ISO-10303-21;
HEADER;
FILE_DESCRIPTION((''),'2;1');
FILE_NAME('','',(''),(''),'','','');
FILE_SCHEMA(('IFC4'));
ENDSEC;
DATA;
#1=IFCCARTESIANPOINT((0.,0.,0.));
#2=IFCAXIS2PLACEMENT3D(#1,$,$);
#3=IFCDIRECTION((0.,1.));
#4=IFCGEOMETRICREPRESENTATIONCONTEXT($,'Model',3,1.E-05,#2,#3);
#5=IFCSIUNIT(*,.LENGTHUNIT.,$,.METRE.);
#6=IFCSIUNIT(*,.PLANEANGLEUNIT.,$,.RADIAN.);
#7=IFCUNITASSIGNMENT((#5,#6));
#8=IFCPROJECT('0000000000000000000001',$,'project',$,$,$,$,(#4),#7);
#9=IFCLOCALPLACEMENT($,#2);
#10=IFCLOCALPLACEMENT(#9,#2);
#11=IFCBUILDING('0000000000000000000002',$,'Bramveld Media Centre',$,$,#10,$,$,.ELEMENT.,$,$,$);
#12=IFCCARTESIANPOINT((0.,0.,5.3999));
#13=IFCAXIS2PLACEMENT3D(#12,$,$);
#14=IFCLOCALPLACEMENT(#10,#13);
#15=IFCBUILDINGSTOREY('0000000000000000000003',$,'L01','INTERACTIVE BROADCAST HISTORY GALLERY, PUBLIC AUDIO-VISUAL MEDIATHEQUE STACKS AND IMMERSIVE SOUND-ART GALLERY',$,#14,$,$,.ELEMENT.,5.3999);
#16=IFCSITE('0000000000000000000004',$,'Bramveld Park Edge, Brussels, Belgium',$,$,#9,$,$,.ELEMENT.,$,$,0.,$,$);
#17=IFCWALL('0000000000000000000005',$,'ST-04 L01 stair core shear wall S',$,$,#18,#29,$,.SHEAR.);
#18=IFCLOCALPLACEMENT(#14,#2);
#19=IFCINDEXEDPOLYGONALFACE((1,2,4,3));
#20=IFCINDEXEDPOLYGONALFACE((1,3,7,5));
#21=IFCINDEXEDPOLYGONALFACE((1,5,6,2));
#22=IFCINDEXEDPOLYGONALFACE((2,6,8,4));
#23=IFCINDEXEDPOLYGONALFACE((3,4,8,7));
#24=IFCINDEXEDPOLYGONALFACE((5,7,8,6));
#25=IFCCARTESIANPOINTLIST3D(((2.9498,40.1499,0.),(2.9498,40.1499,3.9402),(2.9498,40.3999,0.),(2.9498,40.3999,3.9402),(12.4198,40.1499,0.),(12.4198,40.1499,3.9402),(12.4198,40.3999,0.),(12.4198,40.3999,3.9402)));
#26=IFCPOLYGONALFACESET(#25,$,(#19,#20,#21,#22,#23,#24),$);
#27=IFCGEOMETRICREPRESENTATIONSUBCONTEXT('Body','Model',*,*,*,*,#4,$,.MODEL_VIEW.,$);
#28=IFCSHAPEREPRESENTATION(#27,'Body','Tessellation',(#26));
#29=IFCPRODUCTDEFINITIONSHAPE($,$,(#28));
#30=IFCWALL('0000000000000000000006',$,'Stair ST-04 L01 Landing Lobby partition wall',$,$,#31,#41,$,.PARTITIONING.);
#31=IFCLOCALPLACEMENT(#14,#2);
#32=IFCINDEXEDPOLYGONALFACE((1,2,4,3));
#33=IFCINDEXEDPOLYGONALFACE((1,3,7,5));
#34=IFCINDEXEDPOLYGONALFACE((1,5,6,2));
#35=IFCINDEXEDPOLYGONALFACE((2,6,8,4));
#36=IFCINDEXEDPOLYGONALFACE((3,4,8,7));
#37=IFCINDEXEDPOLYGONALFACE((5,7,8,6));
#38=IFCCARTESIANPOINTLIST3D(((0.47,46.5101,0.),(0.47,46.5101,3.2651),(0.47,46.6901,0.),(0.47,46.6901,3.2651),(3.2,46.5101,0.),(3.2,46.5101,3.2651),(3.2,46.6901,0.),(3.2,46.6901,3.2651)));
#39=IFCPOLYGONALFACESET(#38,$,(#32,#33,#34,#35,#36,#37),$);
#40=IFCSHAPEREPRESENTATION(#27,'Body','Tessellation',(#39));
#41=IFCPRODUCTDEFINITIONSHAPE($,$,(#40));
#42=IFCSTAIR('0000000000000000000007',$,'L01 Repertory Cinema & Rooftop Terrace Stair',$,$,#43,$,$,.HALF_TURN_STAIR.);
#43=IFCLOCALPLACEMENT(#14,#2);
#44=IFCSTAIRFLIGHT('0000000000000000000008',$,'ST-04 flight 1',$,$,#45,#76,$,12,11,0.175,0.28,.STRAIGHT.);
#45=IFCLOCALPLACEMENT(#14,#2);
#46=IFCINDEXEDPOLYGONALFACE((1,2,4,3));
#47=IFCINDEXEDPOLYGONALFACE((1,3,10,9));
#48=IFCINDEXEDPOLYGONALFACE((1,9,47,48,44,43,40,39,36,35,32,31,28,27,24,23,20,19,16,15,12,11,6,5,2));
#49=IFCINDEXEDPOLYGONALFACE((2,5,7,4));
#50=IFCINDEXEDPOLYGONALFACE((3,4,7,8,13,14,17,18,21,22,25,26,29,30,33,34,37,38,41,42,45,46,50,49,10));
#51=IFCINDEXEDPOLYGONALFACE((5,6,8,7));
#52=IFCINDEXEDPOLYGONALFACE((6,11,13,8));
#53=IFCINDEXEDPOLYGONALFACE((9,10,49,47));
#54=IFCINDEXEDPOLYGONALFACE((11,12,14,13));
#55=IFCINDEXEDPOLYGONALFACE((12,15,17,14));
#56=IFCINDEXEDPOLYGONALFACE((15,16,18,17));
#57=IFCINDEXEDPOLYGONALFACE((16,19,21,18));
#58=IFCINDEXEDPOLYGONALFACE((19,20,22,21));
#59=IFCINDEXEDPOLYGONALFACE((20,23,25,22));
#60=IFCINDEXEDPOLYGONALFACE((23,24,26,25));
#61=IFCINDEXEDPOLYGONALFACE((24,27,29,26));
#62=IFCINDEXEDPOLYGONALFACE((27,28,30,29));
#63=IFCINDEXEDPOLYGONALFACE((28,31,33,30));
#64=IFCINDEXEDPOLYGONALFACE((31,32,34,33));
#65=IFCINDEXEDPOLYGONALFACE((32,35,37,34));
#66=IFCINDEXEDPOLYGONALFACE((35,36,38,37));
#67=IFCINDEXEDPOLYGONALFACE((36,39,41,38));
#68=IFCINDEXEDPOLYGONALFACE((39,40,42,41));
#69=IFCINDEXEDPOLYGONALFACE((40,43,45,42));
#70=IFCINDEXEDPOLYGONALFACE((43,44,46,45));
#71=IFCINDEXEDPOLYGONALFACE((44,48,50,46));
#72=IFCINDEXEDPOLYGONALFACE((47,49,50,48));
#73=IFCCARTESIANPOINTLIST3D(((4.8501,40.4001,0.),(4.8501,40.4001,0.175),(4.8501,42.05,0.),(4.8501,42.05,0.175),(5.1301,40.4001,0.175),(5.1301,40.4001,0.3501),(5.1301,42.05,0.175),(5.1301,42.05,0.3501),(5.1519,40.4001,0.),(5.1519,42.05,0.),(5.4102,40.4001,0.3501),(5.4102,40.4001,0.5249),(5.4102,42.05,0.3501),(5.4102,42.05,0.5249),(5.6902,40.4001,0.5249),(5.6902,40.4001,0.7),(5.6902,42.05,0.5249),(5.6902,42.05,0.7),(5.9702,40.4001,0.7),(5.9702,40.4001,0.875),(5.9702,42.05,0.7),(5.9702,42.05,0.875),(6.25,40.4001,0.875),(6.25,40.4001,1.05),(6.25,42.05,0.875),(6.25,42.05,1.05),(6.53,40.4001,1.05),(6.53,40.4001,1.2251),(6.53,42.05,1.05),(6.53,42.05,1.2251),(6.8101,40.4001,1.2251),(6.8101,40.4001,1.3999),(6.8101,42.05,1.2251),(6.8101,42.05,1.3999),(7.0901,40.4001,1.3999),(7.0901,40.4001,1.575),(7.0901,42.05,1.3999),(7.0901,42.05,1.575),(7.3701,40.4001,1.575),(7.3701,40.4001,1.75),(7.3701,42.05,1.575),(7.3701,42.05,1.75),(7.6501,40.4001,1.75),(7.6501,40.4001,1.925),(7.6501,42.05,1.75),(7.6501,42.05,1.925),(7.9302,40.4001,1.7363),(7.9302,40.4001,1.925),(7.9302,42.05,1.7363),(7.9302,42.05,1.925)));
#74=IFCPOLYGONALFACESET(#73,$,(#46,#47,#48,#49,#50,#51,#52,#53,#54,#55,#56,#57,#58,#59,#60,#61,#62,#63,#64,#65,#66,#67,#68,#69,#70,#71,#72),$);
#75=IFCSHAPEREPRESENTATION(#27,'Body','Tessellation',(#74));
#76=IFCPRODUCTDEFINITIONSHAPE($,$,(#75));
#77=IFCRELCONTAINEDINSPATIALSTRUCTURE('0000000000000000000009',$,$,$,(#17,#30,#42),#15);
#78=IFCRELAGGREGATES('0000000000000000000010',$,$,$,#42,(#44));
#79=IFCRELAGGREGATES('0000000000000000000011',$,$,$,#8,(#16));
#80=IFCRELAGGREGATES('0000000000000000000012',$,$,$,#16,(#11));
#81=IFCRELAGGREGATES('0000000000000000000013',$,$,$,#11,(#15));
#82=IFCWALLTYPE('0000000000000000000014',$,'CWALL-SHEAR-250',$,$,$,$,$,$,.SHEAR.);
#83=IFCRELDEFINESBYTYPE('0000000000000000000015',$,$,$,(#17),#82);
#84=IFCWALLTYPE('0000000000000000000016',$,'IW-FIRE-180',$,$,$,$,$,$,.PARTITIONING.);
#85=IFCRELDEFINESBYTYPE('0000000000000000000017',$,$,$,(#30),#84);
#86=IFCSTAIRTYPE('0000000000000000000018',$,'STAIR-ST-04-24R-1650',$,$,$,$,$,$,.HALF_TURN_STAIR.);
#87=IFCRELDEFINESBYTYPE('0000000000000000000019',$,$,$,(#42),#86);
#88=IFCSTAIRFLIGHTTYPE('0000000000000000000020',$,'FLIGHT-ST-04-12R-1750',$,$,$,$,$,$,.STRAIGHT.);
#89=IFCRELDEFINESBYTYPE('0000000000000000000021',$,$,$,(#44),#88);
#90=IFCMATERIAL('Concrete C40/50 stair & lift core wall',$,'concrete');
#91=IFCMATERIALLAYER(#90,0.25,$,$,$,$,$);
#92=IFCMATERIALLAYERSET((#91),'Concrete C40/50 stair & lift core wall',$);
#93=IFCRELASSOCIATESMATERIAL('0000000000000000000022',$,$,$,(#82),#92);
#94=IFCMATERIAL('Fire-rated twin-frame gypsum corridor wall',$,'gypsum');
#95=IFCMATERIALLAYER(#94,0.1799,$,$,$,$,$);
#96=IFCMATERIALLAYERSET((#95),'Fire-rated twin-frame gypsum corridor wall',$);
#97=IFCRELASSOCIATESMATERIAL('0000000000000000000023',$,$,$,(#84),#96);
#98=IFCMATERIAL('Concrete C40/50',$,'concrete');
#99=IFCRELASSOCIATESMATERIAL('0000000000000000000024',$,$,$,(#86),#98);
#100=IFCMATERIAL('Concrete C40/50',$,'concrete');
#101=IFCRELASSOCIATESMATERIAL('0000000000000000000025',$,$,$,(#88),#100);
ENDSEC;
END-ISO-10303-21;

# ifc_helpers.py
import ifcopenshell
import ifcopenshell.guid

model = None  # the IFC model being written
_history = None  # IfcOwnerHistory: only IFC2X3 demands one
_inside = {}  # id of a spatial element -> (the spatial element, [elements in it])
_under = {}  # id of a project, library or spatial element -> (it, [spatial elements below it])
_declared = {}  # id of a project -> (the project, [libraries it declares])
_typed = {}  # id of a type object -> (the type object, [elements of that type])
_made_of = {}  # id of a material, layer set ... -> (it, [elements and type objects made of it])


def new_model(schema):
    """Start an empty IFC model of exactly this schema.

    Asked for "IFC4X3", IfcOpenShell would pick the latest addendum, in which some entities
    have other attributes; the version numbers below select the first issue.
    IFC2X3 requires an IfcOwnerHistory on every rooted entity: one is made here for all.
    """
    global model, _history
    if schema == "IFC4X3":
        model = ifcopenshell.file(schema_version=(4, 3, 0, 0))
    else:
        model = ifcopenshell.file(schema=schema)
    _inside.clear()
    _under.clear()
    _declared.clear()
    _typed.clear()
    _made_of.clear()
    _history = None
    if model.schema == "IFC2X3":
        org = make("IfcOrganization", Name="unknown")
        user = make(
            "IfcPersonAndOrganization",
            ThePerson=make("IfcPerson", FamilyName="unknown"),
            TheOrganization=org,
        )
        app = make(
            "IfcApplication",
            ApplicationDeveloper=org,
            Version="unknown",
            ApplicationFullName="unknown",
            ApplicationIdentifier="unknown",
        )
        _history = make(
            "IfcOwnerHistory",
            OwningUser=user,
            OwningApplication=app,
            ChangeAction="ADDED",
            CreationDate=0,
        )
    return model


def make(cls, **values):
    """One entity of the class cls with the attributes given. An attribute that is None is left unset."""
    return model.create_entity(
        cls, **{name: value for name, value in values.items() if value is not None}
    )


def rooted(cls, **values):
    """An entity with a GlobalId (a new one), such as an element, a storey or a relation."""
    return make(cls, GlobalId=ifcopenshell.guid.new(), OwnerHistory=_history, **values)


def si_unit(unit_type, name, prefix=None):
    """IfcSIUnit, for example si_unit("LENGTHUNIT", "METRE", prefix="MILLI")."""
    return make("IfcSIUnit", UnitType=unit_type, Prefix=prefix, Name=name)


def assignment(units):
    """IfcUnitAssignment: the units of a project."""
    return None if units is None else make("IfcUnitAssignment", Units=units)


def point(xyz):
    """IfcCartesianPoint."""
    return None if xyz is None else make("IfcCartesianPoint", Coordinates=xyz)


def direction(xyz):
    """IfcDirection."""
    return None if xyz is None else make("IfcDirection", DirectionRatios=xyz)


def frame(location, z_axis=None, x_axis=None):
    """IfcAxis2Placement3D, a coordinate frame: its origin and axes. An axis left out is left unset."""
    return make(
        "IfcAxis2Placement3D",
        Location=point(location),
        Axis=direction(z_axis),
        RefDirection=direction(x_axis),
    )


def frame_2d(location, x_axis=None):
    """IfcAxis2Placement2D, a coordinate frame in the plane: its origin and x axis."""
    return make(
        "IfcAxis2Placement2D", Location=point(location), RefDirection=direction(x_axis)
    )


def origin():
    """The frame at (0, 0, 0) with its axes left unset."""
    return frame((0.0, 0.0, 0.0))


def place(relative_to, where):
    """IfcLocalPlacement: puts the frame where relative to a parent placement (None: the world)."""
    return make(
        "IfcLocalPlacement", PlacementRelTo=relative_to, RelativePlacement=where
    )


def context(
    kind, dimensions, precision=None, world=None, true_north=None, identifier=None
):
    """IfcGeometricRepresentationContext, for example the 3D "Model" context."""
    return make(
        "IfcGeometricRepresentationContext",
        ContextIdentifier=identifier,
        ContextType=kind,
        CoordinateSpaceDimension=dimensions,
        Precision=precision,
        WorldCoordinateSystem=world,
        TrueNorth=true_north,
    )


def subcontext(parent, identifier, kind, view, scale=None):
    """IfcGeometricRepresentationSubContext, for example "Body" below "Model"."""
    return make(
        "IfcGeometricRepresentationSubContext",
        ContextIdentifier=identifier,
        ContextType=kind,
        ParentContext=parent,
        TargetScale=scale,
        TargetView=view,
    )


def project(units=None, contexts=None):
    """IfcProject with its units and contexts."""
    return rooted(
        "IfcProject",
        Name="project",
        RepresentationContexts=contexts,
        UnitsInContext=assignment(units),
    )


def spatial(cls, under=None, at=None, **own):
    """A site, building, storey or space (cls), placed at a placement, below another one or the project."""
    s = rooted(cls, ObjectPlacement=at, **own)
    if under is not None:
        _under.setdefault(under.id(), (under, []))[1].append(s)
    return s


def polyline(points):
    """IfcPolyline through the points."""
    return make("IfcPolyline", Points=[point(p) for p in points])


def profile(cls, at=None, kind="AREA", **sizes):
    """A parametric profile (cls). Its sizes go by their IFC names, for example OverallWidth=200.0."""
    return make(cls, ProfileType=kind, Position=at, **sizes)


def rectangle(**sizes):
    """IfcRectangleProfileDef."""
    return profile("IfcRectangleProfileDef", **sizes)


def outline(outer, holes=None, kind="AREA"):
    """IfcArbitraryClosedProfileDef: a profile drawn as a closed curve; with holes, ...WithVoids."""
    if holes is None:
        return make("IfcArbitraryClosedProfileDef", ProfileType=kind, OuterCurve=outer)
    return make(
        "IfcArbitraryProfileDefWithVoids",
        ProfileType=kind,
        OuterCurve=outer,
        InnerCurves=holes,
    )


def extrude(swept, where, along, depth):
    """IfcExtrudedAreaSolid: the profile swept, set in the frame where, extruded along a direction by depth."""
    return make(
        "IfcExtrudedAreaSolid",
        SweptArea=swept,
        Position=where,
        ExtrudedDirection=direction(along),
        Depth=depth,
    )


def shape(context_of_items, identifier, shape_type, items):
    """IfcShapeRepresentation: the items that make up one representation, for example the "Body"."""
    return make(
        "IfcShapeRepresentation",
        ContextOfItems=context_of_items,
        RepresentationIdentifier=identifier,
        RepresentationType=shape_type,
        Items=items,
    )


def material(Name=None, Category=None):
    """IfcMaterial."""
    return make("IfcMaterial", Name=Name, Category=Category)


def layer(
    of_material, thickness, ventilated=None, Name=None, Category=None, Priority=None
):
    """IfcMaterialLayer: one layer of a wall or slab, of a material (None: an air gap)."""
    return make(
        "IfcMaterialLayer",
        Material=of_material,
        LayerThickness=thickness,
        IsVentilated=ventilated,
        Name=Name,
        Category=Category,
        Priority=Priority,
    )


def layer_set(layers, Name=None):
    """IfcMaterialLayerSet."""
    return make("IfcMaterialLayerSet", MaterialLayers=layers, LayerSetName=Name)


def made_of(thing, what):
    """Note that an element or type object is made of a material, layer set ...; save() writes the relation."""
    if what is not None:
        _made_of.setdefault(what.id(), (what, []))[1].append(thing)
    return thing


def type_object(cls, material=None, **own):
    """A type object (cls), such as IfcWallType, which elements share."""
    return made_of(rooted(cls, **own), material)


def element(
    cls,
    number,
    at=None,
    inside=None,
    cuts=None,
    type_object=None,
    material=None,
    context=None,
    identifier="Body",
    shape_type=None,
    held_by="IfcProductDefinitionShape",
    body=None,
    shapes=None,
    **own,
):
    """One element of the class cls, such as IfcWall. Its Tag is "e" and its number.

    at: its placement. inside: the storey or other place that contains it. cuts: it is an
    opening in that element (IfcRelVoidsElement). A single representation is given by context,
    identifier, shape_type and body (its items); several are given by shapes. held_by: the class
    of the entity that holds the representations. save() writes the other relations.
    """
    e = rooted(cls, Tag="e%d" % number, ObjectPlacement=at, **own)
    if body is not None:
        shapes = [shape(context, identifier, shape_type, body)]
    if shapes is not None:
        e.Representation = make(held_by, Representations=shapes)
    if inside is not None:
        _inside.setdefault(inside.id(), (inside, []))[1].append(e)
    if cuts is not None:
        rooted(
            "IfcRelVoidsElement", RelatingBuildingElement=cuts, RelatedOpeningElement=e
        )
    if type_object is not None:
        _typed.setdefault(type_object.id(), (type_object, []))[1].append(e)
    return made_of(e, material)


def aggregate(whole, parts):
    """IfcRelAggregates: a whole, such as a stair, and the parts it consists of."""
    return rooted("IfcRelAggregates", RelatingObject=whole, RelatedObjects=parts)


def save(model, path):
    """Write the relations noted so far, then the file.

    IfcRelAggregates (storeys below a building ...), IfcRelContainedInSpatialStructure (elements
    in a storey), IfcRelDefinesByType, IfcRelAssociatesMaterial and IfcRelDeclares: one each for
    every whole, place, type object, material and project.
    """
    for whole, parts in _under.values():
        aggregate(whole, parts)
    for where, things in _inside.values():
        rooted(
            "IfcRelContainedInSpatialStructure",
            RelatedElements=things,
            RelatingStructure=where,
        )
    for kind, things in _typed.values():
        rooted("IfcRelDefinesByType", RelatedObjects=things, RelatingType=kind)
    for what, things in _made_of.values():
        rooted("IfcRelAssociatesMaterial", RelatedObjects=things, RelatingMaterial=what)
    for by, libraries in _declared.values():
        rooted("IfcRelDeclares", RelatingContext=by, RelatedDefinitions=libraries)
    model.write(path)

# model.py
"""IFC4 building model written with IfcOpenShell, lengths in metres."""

from ifc_helpers import new_model, si_unit, direction, frame, frame_2d, origin, place, context, subcontext, project, spatial, polyline, rectangle, outline, extrude, material, layer, layer_set, type_object, element, aggregate, save


model = new_model("IFC4")

# Units and contexts
model_context = context("Model", 3, precision=1e-05, world=origin(), true_north=direction((0.0, 1.0)))
body_context = subcontext(model_context, "Body", "Model", "MODEL_VIEW")
ifc_project = project(units=[si_unit("LENGTHUNIT", "METRE"), si_unit("PLANEANGLEUNIT", "RADIAN")], contexts=[model_context])

# Site, building, storey
site_placement = place(None, origin())
site = spatial("IfcSite", under=ifc_project, at=site_placement, Name="Bramveld Park Edge, Brussels, Belgium", CompositionType="ELEMENT", RefElevation=0.0)
building_placement = place(site_placement, origin())
building = spatial("IfcBuilding", under=site, at=building_placement, Name="Bramveld Media Centre", CompositionType="ELEMENT")
storey_placement = place(building_placement, frame((0.0, 0.0, 5.3999)))
storey = spatial("IfcBuildingStorey", under=building, at=storey_placement, Name="L01", Description="INTERACTIVE BROADCAST HISTORY GALLERY, PUBLIC AUDIO-VISUAL MEDIATHEQUE STACKS AND IMMERSIVE SOUND-ART GALLERY", CompositionType="ELEMENT", Elevation=5.3999)

# Wall
ifc_material_1 = material(Name="Concrete C40/50 stair & lift core wall", Category="concrete")
ifc_layer_1 = layer(ifc_material_1, 0.25)
ifc_layer_set_1 = layer_set([ifc_layer_1], Name="Concrete C40/50 stair & lift core wall")
wall_type_1 = type_object("IfcWallType", Name="CWALL-SHEAR-250", PredefinedType="SHEAR", material=ifc_layer_set_1)
wall_1_placement = place(storey_placement, frame((2.95, 40.2749, 0.0), z_axis=(0.0, 0.0, 1.0), x_axis=(1.0, 0.0, 0.0)))
element("IfcWall", 1, at=wall_1_placement, inside=storey, type_object=wall_type_1, Name="ST-04 L01 stair core shear wall S", PredefinedType="SHEAR", context=body_context, shape_type="SweptSolid", body=[
    extrude(rectangle(XDim=9.47, YDim=0.25, at=frame_2d((4.7349, 0.0))), origin(), (0.0, 0.0, 1.0), 3.9402),
])

# Wall
ifc_material_2 = material(Name="Fire-rated twin-frame gypsum corridor wall", Category="gypsum")
ifc_layer_2 = layer(ifc_material_2, 0.1799)
ifc_layer_set_2 = layer_set([ifc_layer_2], Name="Fire-rated twin-frame gypsum corridor wall")
wall_type_2 = type_object("IfcWallType", Name="IW-FIRE-180", PredefinedType="PARTITIONING", material=ifc_layer_set_2)
wall_2_placement = place(storey_placement, frame((0.47, 46.6001, 0.0), z_axis=(0.0, 0.0, 1.0), x_axis=(1.0, 0.0, 0.0)))
element("IfcWall", 2, at=wall_2_placement, inside=storey, type_object=wall_type_2, Name="Stair ST-04 L01 Landing Lobby partition wall", PredefinedType="PARTITIONING", context=body_context, shape_type="SweptSolid", body=[
    extrude(rectangle(XDim=2.73, YDim=0.1799, at=frame_2d((1.365, 0.0))), origin(), (0.0, 0.0, 1.0), 3.2651),
])

# Stair, stair flight
ifc_material_3 = material(Name="Concrete C40/50", Category="concrete")
stair_type = type_object("IfcStairType", Name="STAIR-ST-04-24R-1650", PredefinedType="HALF_TURN_STAIR", material=ifc_material_3)
stair_placement = place(storey_placement, origin())
stair = element("IfcStair", 3, at=stair_placement, inside=storey, type_object=stair_type, Name="L01 Repertory Cinema & Rooftop Terrace Stair", PredefinedType="HALF_TURN_STAIR")
ifc_material_4 = material(Name="Concrete C40/50", Category="concrete")
stair_flight_type = type_object("IfcStairFlightType", Name="FLIGHT-ST-04-12R-1750", PredefinedType="STRAIGHT", material=ifc_material_4)
stair_flight_placement = place(storey_placement, frame((4.8501, 41.2251, 0.0), z_axis=(0.0, 0.0, 1.0), x_axis=(1.0, 0.0, 0.0)))
stair_flight = element("IfcStairFlight", 4, at=stair_flight_placement, type_object=stair_flight_type, Name="ST-04 flight 1", NumberOfRisers=12, NumberOfTreads=11, PredefinedType="STRAIGHT", RiserHeight=0.175, TreadLength=0.28, context=body_context, shape_type="SweptSolid", body=[
    extrude(outline(polyline([(0.0, 0.0), (0.0, 0.175), (0.28, 0.175), (0.28, 0.3501), (0.5601, 0.3501), (0.5601, 0.5249), (0.8401, 0.5249), (0.8401, 0.7), (1.1201, 0.7), (1.1201, 0.875), (1.3999, 0.875), (1.3999, 1.05), (1.6799, 1.05), (1.6799, 1.2251), (1.96, 1.2251), (1.96, 1.3999), (2.24, 1.3999), (2.24, 1.575), (2.52, 1.575), (2.52, 1.75), (2.8, 1.75), (2.8, 1.925), (3.0801, 1.925), (3.0801, 2.1001), (3.0801, 1.7363), (0.3018, 0.0), (0.0, 0.0)])), frame((0.0, 0.825, 0.0), z_axis=(0.0, -1.0, 0.0), x_axis=(1.0, 0.0, 0.0)), (0.0, 0.0, 1.0), 1.6499),
])
aggregate(stair, [stair_flight])

save(model, "model.ifc")
